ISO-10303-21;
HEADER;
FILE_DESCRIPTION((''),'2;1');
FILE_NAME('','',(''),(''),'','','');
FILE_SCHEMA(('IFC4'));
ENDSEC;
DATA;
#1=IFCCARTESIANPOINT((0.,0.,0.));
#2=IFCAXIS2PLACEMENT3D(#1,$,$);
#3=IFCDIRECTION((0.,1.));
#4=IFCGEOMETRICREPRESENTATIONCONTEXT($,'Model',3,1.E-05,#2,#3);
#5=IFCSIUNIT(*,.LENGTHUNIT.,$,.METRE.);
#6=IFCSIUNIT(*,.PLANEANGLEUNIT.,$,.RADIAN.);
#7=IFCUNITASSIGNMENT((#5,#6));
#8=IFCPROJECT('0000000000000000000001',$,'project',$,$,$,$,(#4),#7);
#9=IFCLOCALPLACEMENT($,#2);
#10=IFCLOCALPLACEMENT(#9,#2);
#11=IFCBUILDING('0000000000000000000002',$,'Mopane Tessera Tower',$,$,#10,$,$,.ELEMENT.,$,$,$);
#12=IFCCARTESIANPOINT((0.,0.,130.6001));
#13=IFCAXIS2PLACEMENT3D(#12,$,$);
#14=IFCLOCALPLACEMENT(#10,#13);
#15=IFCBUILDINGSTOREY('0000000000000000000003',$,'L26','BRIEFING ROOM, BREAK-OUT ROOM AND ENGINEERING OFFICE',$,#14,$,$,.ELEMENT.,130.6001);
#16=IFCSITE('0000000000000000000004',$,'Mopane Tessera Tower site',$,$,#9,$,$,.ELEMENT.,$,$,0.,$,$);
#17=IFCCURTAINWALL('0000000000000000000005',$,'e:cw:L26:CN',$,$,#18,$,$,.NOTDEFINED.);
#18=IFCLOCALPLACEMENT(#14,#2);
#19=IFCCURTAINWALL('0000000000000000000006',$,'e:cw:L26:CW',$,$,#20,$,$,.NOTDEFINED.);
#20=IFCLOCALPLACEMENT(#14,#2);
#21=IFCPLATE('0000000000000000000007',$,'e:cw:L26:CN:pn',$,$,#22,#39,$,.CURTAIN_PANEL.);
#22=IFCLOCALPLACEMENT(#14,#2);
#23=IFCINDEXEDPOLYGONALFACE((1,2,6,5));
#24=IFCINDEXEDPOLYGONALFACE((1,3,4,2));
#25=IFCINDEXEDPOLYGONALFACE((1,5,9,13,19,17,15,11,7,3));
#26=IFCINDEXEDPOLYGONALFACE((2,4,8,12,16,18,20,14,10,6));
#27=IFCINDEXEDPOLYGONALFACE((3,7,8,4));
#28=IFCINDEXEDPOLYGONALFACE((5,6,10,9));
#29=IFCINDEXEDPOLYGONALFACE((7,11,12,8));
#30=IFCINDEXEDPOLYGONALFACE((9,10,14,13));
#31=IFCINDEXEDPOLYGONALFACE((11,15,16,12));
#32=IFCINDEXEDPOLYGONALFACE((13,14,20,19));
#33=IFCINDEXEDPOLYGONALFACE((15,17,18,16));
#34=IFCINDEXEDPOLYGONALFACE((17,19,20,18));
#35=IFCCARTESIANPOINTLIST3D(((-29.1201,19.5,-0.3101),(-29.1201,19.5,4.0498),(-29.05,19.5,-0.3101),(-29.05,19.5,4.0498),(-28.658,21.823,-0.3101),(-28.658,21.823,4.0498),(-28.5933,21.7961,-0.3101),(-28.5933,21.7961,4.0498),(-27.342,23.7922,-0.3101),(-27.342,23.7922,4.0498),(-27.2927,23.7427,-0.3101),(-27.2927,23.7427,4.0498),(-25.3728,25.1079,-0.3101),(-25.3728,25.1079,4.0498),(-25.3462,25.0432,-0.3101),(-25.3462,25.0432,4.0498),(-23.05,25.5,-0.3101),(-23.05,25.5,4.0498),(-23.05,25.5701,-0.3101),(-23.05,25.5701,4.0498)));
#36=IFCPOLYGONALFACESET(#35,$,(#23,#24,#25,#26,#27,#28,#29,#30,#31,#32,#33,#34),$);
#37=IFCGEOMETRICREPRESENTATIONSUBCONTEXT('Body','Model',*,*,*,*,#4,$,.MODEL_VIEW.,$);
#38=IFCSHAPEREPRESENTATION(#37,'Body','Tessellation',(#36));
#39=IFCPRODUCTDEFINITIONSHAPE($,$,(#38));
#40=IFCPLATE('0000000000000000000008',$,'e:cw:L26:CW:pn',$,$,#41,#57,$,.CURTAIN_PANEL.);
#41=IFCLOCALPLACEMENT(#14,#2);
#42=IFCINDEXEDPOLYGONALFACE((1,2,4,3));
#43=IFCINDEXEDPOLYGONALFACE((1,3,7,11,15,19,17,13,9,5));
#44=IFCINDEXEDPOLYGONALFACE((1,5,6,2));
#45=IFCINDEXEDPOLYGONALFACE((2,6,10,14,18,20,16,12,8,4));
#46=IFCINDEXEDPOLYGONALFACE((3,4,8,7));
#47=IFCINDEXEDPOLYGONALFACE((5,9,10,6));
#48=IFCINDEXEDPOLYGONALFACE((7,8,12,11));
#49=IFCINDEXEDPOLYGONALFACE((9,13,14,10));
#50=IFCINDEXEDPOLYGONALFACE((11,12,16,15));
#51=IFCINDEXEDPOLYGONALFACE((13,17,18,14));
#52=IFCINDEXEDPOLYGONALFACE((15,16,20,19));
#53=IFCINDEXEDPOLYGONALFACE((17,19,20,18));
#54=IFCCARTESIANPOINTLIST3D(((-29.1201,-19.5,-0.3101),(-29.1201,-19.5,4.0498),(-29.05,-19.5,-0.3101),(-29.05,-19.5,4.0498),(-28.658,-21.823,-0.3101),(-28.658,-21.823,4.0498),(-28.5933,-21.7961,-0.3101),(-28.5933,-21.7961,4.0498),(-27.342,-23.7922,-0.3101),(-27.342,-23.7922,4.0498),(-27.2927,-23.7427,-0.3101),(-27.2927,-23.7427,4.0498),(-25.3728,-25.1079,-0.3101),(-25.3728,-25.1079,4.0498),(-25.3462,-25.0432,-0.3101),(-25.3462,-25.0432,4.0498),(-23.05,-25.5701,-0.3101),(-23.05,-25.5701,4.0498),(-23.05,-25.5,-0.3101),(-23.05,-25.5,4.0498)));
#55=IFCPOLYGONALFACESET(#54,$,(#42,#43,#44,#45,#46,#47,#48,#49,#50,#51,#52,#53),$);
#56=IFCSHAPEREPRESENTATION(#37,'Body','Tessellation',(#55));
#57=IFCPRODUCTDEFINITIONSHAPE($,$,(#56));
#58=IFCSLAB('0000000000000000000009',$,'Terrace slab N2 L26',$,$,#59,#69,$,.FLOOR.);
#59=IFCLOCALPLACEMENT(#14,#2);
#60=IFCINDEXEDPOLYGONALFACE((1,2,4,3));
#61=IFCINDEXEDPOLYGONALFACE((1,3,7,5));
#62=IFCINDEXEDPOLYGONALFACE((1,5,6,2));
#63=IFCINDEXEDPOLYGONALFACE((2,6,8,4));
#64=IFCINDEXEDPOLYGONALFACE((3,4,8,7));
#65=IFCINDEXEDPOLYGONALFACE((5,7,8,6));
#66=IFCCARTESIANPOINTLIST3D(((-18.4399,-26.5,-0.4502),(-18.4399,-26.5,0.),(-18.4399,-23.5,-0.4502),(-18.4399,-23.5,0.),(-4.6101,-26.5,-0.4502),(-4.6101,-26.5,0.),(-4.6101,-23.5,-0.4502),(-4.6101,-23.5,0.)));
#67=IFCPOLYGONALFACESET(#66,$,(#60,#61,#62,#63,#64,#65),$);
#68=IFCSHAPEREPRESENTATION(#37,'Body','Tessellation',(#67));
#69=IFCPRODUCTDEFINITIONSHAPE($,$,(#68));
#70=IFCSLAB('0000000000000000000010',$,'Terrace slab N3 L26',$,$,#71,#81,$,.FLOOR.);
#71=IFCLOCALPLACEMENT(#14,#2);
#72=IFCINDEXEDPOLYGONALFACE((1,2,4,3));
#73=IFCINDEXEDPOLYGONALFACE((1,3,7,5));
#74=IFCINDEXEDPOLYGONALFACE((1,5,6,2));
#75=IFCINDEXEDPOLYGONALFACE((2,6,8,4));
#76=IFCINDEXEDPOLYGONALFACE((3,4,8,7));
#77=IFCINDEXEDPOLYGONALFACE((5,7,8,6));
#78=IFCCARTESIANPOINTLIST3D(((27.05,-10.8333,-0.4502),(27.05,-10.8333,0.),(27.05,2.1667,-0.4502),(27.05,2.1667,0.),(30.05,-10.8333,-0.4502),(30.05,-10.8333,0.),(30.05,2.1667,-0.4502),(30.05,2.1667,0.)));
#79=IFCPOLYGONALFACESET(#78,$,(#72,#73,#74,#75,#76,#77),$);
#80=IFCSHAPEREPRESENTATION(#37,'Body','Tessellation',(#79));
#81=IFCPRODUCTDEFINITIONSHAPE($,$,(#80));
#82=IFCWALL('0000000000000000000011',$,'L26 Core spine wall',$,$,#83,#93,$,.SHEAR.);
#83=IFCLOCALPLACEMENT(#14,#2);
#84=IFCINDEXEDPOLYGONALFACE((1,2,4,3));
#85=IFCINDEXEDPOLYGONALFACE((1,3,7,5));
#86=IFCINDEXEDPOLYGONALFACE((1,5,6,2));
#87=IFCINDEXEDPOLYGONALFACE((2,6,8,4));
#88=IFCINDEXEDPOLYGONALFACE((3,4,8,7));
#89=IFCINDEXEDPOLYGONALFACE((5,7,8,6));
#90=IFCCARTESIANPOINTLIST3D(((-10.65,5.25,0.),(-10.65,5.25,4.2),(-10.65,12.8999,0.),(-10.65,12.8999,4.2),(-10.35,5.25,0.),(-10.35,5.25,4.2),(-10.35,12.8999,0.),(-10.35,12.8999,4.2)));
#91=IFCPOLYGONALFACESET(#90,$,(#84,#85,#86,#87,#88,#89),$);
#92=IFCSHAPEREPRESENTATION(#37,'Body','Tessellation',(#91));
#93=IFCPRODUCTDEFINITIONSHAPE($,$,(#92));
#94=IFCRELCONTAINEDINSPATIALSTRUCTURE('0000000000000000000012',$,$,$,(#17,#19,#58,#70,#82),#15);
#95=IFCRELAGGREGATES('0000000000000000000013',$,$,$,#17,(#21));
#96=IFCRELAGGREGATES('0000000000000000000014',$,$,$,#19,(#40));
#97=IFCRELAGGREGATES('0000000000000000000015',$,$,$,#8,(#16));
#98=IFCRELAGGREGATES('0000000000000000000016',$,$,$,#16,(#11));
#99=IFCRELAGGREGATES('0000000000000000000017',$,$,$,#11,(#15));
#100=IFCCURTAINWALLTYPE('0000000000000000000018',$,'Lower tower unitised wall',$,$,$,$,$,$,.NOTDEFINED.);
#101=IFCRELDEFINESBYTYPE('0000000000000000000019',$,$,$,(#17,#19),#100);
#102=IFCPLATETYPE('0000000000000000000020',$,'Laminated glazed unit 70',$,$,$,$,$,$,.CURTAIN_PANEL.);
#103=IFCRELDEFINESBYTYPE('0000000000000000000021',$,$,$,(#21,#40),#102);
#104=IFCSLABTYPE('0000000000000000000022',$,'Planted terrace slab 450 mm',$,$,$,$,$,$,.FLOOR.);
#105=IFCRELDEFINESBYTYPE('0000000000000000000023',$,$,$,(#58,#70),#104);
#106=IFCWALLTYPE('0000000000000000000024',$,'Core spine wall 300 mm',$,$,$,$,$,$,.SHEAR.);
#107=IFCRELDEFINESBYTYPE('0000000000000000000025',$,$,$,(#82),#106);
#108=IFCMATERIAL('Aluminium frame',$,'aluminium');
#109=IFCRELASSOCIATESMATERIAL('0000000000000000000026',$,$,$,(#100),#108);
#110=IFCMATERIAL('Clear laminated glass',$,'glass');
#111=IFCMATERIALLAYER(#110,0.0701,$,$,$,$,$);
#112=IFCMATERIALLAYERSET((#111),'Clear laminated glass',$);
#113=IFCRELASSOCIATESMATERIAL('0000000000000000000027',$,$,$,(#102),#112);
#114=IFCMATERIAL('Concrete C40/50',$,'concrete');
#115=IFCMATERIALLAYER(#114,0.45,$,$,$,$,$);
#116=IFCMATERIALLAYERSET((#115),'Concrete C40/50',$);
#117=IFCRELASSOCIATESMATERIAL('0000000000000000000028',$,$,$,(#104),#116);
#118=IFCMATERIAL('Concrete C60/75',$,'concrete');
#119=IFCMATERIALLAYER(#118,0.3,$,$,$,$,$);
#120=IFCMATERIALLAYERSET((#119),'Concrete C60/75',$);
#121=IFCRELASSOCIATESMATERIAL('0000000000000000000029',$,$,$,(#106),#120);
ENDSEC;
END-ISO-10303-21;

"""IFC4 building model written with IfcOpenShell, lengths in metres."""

from ifc_helpers import new_model, si_unit, direction, frame, frame_2d, origin, place, context, subcontext, project, spatial, polyline, rectangle, outline, extrude, material, layer, layer_set, type_object, element, aggregate, save


model = new_model("IFC4")

# Units and contexts
model_context = context("Model", 3, precision=1e-05, world=origin(), true_north=direction((0.0, 1.0)))
body_context = subcontext(model_context, "Body", "Model", "MODEL_VIEW")
ifc_project = project(units=[si_unit("LENGTHUNIT", "METRE"), si_unit("PLANEANGLEUNIT", "RADIAN")], contexts=[model_context])

# Site, building, storey
site_placement = place(None, origin())
site = spatial("IfcSite", under=ifc_project, at=site_placement, Name="Mopane Tessera Tower site", CompositionType="ELEMENT", RefElevation=0.0)
building_placement = place(site_placement, origin())
building = spatial("IfcBuilding", under=site, at=building_placement, Name="Mopane Tessera Tower", CompositionType="ELEMENT")
storey_placement = place(building_placement, frame((0.0, 0.0, 130.6001)))
storey = spatial("IfcBuildingStorey", under=building, at=storey_placement, Name="L26", Description="BRIEFING ROOM, BREAK-OUT ROOM AND ENGINEERING OFFICE", CompositionType="ELEMENT", Elevation=130.6001)

# Curtain walls
ifc_material_1 = material(Name="Aluminium frame", Category="aluminium")
curtain_wall_type = type_object("IfcCurtainWallType", Name="Lower tower unitised wall", PredefinedType="NOTDEFINED", material=ifc_material_1)
curtain_wall_1_placement = place(storey_placement, origin())
curtain_wall_1 = element("IfcCurtainWall", 1, at=curtain_wall_1_placement, inside=storey, type_object=curtain_wall_type, Name="e:cw:L26:CN", PredefinedType="NOTDEFINED")
curtain_wall_2_placement = place(storey_placement, origin())
curtain_wall_2 = element("IfcCurtainWall", 2, at=curtain_wall_2_placement, inside=storey, type_object=curtain_wall_type, Name="e:cw:L26:CW", PredefinedType="NOTDEFINED")

# Plates
ifc_material_2 = material(Name="Clear laminated glass", Category="glass")
ifc_layer_1 = layer(ifc_material_2, 0.0701)
ifc_layer_set_1 = layer_set([ifc_layer_1], Name="Clear laminated glass")
plate_type = type_object("IfcPlateType", Name="Laminated glazed unit 70", PredefinedType="CURTAIN_PANEL", material=ifc_layer_set_1)
plate_1_placement = place(storey_placement, frame((0.0, 0.0, -0.3101)))
plate_1 = element("IfcPlate", 3, at=plate_1_placement, type_object=plate_type, Name="e:cw:L26:CN:pn", PredefinedType="CURTAIN_PANEL", context=body_context, shape_type="SweptSolid", body=[
    extrude(outline(polyline([(-23.05, 25.5), (-25.3462, 25.0432), (-27.2927, 23.7427), (-28.5933, 21.7961), (-29.05, 19.5), (-29.1201, 19.5), (-28.658, 21.823), (-27.342, 23.7922), (-25.3728, 25.1079), (-23.05, 25.5701), (-23.05, 25.5)])), origin(), (0.0, 0.0, 1.0), 4.3599),
])
aggregate(curtain_wall_1, [plate_1])
plate_2_placement = place(storey_placement, frame((0.0, 0.0, -0.3101)))
plate_2 = element("IfcPlate", 4, at=plate_2_placement, type_object=plate_type, Name="e:cw:L26:CW:pn", PredefinedType="CURTAIN_PANEL", context=body_context, shape_type="SweptSolid", body=[
    extrude(outline(polyline([(-29.05, -19.5), (-28.5933, -21.7961), (-27.2927, -23.7427), (-25.3462, -25.0432), (-23.05, -25.5), (-23.05, -25.5701), (-25.3728, -25.1079), (-27.342, -23.7922), (-28.658, -21.823), (-29.1201, -19.5), (-29.05, -19.5)])), origin(), (0.0, 0.0, 1.0), 4.3599),
])
aggregate(curtain_wall_2, [plate_2])

# Slabs
ifc_material_3 = material(Name="Concrete C40/50", Category="concrete")
ifc_layer_2 = layer(ifc_material_3, 0.45)
ifc_layer_set_2 = layer_set([ifc_layer_2], Name="Concrete C40/50")
slab_type_1 = type_object("IfcSlabType", Name="Planted terrace slab 450 mm", PredefinedType="FLOOR", material=ifc_layer_set_2)
slab_1_placement = place(storey_placement, frame((0.0, 0.0, -0.4502)))
element("IfcSlab", 5, at=slab_1_placement, inside=storey, type_object=slab_type_1, Name="Terrace slab N2 L26", PredefinedType="FLOOR", context=body_context, shape_type="SweptSolid", body=[
    extrude(outline(polyline([(-4.6101, -26.5), (-4.6101, -23.5), (-18.4399, -23.5), (-18.4399, -26.5), (-4.6101, -26.5)])), origin(), (0.0, 0.0, 1.0), 0.4502),
])
slab_2_placement = place(storey_placement, frame((0.0, 0.0, -0.4502)))
element("IfcSlab", 6, at=slab_2_placement, inside=storey, type_object=slab_type_1, Name="Terrace slab N3 L26", PredefinedType="FLOOR", context=body_context, shape_type="SweptSolid", body=[
    extrude(outline(polyline([(30.05, 2.1667), (27.05, 2.1667), (27.05, -10.8333), (30.05, -10.8333), (30.05, 2.1667)])), origin(), (0.0, 0.0, 1.0), 0.4502),
])

# Wall
ifc_material_4 = material(Name="Concrete C60/75", Category="concrete")
ifc_layer_3 = layer(ifc_material_4, 0.3)
ifc_layer_set_3 = layer_set([ifc_layer_3], Name="Concrete C60/75")
wall_type_1 = type_object("IfcWallType", Name="Core spine wall 300 mm", PredefinedType="SHEAR", material=ifc_layer_set_3)
wall_1_placement = place(storey_placement, frame((-10.5, 5.25, 0.0), z_axis=(0.0, 0.0, 1.0), x_axis=(0.0, 1.0, 0.0)))
element("IfcWall", 7, at=wall_1_placement, inside=storey, type_object=wall_type_1, Name="L26 Core spine wall", PredefinedType="SHEAR", context=body_context, shape_type="SweptSolid", body=[
    extrude(rectangle(XDim=7.6499, YDim=0.3, at=frame_2d((3.825, 0.0))), origin(), (0.0, 0.0, 1.0), 4.2),
])

save(model, "model.ifc")
